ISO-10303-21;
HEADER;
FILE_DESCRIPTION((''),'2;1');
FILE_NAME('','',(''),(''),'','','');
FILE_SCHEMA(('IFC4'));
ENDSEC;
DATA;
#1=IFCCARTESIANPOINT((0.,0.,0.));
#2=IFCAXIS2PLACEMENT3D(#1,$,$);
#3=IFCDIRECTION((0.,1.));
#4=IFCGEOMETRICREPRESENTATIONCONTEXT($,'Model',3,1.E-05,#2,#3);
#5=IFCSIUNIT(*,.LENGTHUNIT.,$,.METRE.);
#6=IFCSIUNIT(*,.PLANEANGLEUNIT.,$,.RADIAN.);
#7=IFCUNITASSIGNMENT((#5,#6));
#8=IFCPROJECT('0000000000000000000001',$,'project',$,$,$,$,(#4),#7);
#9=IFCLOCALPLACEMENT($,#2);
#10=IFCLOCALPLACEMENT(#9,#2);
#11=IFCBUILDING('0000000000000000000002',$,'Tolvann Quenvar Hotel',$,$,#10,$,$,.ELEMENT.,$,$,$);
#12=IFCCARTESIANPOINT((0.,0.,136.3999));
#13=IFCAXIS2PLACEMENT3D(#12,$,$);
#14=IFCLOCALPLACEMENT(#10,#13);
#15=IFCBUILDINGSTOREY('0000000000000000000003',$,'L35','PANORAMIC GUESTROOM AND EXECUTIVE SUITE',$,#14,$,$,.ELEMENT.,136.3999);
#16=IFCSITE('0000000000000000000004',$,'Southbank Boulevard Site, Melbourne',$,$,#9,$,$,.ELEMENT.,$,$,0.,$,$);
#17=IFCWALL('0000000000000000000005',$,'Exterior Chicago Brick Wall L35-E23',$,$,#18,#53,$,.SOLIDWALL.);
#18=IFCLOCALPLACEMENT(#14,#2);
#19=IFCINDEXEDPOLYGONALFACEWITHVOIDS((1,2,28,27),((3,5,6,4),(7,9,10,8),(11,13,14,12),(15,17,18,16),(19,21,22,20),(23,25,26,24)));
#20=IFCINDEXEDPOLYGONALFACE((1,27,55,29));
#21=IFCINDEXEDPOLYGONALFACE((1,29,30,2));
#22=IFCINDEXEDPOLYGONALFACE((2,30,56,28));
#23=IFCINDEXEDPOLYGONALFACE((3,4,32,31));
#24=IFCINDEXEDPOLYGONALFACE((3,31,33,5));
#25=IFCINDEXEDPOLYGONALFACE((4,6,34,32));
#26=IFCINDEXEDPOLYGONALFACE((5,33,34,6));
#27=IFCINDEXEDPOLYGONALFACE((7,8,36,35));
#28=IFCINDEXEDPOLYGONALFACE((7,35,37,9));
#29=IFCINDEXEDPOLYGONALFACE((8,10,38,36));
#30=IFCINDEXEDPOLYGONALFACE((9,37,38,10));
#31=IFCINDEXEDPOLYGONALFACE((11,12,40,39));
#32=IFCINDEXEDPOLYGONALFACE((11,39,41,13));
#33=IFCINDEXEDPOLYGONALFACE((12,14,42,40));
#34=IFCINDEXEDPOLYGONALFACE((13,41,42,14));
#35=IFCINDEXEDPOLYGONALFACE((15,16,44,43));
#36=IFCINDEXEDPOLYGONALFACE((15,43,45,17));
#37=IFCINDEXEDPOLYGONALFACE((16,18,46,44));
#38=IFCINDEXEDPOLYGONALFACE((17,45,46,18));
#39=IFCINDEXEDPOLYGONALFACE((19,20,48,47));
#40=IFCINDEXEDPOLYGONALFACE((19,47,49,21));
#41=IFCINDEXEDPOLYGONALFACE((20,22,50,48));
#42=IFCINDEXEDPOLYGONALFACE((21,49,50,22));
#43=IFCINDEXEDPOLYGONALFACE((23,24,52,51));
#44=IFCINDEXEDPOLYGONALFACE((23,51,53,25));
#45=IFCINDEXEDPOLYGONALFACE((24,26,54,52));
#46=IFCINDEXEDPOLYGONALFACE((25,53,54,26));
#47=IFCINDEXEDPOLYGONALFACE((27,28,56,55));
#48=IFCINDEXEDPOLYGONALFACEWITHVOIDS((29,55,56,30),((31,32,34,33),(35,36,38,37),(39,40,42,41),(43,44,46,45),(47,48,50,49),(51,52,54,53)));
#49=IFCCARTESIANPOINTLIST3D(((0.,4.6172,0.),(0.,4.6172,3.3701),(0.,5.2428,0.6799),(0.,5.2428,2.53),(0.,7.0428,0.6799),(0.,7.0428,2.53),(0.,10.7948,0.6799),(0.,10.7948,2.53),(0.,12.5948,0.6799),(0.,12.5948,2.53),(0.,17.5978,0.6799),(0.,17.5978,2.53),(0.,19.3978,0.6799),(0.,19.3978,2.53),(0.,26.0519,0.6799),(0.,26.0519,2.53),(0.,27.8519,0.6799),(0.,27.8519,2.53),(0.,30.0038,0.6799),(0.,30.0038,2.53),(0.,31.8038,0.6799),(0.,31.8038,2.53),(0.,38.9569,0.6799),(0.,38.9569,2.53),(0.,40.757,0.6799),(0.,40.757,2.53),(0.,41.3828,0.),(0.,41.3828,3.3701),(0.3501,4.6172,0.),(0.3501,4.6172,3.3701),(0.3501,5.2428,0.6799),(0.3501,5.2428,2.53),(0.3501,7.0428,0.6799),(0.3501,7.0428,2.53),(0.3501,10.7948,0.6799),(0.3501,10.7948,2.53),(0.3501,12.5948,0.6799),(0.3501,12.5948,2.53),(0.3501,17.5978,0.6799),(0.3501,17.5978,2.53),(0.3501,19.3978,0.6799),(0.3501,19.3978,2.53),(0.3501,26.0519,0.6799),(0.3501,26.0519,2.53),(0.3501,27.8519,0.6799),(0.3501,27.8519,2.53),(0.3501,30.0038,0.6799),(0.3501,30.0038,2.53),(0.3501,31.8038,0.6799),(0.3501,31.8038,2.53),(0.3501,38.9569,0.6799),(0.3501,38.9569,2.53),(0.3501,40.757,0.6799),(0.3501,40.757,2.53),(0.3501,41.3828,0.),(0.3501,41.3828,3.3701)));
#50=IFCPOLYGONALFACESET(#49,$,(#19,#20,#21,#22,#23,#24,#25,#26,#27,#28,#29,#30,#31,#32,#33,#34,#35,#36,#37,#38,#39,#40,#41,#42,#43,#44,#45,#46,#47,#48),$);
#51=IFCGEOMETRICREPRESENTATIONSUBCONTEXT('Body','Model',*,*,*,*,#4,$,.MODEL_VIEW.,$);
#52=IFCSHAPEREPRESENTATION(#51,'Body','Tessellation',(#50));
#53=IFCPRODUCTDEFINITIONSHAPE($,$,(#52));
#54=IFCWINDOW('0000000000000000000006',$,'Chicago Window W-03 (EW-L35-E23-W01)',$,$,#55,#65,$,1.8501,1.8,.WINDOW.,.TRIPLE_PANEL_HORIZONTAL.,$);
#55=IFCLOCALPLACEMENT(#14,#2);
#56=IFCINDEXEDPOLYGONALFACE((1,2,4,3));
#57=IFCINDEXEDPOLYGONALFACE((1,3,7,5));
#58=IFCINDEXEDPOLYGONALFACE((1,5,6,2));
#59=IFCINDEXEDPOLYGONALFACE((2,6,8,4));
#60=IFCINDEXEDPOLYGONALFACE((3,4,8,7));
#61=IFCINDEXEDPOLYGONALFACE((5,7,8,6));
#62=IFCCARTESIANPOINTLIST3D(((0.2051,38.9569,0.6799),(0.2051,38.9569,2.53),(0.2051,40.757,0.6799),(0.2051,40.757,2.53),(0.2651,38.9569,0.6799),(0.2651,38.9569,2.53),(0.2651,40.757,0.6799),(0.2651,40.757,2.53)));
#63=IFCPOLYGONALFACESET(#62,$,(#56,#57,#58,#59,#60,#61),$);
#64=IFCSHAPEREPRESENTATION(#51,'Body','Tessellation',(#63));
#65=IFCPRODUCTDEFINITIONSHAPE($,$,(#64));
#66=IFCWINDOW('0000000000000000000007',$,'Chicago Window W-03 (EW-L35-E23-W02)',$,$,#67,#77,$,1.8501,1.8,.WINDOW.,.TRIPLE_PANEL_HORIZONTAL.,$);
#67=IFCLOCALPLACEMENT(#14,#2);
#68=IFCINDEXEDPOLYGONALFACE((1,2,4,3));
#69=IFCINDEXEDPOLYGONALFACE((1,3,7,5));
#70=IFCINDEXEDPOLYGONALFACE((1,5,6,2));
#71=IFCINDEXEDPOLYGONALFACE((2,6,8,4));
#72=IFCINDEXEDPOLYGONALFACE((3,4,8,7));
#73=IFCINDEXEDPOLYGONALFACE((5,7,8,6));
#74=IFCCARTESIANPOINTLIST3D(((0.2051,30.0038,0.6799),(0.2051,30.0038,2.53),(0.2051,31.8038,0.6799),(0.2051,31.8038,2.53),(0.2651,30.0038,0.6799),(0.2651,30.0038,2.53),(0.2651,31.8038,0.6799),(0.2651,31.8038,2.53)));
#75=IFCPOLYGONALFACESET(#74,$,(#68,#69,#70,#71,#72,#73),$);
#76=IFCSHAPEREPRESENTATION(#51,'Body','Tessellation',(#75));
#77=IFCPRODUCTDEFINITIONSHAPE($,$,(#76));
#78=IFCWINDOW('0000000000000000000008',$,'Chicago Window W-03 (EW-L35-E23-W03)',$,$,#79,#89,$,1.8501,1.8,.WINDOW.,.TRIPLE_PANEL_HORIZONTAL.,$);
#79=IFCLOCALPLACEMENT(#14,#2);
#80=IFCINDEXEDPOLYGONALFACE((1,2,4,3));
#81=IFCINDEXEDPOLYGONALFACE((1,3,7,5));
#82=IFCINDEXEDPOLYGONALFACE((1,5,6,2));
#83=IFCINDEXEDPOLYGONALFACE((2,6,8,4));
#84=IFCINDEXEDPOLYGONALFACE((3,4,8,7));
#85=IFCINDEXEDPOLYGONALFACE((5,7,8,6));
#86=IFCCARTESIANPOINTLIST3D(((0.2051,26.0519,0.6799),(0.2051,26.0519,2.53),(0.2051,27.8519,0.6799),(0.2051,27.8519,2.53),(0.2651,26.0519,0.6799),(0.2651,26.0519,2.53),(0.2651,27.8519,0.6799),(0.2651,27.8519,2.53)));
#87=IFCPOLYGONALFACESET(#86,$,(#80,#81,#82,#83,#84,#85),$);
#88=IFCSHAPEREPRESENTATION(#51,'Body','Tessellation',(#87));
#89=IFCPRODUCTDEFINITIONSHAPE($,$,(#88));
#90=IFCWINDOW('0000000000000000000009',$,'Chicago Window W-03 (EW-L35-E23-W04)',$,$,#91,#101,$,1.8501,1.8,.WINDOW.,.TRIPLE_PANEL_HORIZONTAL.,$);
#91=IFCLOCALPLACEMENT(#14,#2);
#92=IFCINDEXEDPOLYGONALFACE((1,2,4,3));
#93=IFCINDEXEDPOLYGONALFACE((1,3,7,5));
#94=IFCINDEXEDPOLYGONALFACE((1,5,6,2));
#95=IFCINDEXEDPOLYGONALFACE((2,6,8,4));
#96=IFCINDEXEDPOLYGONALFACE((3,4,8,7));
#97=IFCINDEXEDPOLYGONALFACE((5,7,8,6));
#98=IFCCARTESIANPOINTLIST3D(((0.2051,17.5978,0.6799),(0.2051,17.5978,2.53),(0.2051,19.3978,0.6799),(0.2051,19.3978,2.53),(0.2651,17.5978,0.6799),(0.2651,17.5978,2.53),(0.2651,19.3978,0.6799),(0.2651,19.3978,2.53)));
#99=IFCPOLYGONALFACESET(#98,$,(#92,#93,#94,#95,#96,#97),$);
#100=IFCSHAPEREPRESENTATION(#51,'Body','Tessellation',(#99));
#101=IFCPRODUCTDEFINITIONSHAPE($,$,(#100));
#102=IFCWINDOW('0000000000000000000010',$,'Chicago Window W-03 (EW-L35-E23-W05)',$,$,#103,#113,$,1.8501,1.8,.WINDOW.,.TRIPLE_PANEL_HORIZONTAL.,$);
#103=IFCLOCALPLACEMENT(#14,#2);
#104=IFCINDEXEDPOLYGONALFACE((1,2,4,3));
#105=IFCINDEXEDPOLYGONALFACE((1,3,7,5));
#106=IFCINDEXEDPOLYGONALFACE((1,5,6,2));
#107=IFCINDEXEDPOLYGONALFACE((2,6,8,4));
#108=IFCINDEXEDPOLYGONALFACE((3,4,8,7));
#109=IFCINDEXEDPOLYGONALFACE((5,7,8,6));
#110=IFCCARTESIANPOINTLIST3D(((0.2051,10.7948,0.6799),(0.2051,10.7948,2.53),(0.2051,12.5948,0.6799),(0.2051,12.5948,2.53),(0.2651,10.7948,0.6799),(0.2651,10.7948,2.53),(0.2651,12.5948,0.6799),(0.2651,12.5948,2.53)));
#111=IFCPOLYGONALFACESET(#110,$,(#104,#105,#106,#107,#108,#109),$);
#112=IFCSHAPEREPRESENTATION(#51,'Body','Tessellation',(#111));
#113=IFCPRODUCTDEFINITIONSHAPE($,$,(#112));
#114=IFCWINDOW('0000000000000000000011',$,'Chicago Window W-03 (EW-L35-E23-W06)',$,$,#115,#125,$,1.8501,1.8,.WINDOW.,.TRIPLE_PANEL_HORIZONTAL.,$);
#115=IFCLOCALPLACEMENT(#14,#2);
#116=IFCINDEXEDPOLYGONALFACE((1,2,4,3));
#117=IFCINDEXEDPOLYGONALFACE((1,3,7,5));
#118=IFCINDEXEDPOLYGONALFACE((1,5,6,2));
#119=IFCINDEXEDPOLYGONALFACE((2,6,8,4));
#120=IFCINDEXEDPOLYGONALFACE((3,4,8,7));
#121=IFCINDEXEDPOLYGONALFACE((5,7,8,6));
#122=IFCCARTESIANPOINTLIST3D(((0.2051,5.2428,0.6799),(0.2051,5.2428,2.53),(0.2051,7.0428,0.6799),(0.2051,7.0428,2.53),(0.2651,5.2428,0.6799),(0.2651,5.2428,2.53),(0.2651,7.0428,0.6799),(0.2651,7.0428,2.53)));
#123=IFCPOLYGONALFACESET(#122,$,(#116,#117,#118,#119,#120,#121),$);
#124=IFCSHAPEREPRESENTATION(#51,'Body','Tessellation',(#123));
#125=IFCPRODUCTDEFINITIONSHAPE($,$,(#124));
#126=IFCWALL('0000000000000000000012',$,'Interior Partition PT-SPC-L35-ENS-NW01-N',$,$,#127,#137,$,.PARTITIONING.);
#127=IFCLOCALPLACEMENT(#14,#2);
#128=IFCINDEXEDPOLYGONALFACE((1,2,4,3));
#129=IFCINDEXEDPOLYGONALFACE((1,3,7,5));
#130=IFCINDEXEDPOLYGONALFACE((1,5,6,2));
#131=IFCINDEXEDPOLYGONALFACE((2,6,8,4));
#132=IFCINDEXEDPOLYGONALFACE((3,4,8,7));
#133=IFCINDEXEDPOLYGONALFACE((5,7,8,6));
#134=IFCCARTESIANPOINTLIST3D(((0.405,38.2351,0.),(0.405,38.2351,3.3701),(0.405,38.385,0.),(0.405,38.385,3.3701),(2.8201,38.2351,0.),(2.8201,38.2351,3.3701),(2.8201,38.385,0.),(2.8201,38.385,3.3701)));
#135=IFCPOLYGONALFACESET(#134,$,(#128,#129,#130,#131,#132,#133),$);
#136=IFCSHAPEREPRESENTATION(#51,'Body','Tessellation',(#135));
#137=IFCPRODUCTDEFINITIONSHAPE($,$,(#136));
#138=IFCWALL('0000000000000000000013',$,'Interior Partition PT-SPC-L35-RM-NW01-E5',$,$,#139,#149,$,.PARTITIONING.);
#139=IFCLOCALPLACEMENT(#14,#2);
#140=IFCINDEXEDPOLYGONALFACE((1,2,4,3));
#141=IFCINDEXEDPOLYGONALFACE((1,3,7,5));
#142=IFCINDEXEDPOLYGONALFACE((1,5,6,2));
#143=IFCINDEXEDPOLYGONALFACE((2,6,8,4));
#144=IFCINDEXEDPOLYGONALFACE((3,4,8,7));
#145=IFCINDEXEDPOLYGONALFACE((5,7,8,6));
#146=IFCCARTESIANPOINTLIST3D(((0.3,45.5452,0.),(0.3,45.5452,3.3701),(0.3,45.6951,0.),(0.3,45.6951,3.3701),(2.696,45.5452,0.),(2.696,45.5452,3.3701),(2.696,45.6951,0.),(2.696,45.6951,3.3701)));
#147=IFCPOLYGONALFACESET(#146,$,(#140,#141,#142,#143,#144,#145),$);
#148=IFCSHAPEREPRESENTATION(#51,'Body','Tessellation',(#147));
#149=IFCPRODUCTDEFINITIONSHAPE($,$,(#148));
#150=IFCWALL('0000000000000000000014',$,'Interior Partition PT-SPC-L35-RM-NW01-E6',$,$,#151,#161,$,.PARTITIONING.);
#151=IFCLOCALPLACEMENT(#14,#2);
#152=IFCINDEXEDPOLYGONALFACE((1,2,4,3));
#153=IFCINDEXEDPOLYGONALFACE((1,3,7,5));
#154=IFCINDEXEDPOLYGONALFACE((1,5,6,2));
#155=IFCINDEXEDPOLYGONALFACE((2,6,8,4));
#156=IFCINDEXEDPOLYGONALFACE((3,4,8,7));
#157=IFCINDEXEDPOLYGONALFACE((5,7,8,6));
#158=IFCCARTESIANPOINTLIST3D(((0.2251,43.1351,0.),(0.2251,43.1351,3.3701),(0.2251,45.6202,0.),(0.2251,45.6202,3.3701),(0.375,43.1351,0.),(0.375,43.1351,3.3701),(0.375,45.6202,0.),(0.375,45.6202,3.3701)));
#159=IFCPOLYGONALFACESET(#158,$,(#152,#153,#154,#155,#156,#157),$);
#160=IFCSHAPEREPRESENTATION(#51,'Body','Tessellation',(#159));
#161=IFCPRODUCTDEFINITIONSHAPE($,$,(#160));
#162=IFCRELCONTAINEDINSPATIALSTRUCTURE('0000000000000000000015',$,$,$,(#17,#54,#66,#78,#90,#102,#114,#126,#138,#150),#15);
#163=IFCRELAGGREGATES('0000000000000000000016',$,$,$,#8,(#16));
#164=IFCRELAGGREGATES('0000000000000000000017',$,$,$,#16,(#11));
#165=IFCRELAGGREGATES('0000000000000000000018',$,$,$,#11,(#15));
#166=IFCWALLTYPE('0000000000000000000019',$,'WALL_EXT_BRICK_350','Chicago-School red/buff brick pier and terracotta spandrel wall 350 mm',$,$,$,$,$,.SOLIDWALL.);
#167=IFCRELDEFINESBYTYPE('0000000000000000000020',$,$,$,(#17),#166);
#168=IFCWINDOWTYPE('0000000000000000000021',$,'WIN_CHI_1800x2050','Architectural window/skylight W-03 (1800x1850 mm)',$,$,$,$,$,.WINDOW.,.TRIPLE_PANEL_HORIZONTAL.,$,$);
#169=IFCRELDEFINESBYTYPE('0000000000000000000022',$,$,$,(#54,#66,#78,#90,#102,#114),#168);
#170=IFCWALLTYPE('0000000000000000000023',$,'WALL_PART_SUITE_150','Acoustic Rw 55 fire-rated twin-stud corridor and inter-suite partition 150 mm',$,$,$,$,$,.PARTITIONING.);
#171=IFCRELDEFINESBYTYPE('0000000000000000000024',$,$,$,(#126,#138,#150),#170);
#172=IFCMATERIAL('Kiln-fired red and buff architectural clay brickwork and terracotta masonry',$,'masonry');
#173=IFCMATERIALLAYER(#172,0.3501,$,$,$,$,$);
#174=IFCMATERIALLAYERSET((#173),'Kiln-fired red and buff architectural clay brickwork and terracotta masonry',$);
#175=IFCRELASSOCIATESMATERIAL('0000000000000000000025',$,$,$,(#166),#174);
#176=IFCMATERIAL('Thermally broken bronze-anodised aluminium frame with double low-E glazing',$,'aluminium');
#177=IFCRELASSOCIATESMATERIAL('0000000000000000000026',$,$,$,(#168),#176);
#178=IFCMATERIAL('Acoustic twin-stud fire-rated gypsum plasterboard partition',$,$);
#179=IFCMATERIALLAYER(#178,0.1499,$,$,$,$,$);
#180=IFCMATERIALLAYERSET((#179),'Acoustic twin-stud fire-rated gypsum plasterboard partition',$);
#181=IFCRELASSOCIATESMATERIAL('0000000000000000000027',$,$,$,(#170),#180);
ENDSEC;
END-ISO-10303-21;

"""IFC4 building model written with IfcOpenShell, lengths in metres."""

from ifc_helpers import new_model, si_unit, direction, frame, frame_2d, origin, place, context, subcontext, project, spatial, rectangle, extrude, source, transform, mapped, material, layer, layer_set, type_object, type_shapes, element, fill, save


model = new_model("IFC4")

# Units and contexts
model_context = context("Model", 3, precision=1e-05, world=origin(), true_north=direction((0.0, 1.0)))
body_context = subcontext(model_context, "Body", "Model", "MODEL_VIEW")
ifc_project = project(units=[si_unit("LENGTHUNIT", "METRE"), si_unit("PLANEANGLEUNIT", "RADIAN")], contexts=[model_context])

# Site, building, storey
site_placement = place(None, origin())
site = spatial("IfcSite", under=ifc_project, at=site_placement, Name="Southbank Boulevard Site, Melbourne", CompositionType="ELEMENT", RefElevation=0.0)
building_placement = place(site_placement, origin())
building = spatial("IfcBuilding", under=site, at=building_placement, Name="Tolvann Quenvar Hotel", CompositionType="ELEMENT")
storey_placement = place(building_placement, frame((0.0, 0.0, 136.3999)))
storey = spatial("IfcBuildingStorey", under=building, at=storey_placement, Name="L35", Description="PANORAMIC GUESTROOM AND EXECUTIVE SUITE", CompositionType="ELEMENT", Elevation=136.3999)

# Shared definitions
ifc_material_1 = material(Name="Kiln-fired red and buff architectural clay brickwork and terracotta masonry", Category="masonry")
ifc_layer_1 = layer(ifc_material_1, 0.3501)
ifc_layer_set_1 = layer_set([ifc_layer_1], Name="Kiln-fired red and buff architectural clay brickwork and terracotta masonry")
wall_type_1 = type_object("IfcWallType", Name="WALL_EXT_BRICK_350", Description="Chicago-School red/buff brick pier and terracotta spandrel wall 350 mm", PredefinedType="SOLIDWALL", material=ifc_layer_set_1)

# Wall, openings, windows
wall_1_placement = place(storey_placement, frame((0.175, 41.3828, 0.0), z_axis=(0.0, 0.0, 1.0), x_axis=(0.0, -1.0, 0.0)))
wall_1 = element("IfcWall", 1, at=wall_1_placement, inside=storey, type_object=wall_type_1, Name="Exterior Chicago Brick Wall L35-E23", PredefinedType="SOLIDWALL", context=body_context, shape_type="SweptSolid", body=[
    extrude(rectangle(XDim=36.7656, YDim=0.3501, at=frame_2d((18.3828, 0.0))), origin(), (0.0, 0.0, 1.0), 3.3701),
])
opening_1_placement = place(wall_1_placement, frame((0.626, 0.0, 0.6799)))
opening_1 = element("IfcOpeningElement", 2, at=opening_1_placement, cuts=wall_1, PredefinedType="OPENING", context=body_context, shape_type="SweptSolid", body=[
    extrude(rectangle(XDim=1.8, YDim=1.8501, at=frame_2d((0.8999, 0.925))), frame((0.0, 0.1851, 0.0), z_axis=(0.0, -1.0, 0.0), x_axis=(1.0, 0.0, 0.0)), (0.0, 0.0, 1.0), 0.3701),
])
opening_2_placement = place(wall_1_placement, frame((9.5791, 0.0, 0.6799)))
opening_2 = element("IfcOpeningElement", 3, at=opening_2_placement, cuts=wall_1, PredefinedType="OPENING", context=body_context, shape_type="SweptSolid", body=[
    extrude(rectangle(XDim=1.8, YDim=1.8501, at=frame_2d((0.8999, 0.925))), frame((0.0, 0.1851, 0.0), z_axis=(0.0, -1.0, 0.0), x_axis=(1.0, 0.0, 0.0)), (0.0, 0.0, 1.0), 0.3701),
])
opening_3_placement = place(wall_1_placement, frame((13.531, 0.0, 0.6799)))
opening_3 = element("IfcOpeningElement", 4, at=opening_3_placement, cuts=wall_1, PredefinedType="OPENING", context=body_context, shape_type="SweptSolid", body=[
    extrude(rectangle(XDim=1.8, YDim=1.8501, at=frame_2d((0.8999, 0.925))), frame((0.0, 0.1851, 0.0), z_axis=(0.0, -1.0, 0.0), x_axis=(1.0, 0.0, 0.0)), (0.0, 0.0, 1.0), 0.3701),
])
opening_4_placement = place(wall_1_placement, frame((21.9851, 0.0, 0.6799)))
opening_4 = element("IfcOpeningElement", 5, at=opening_4_placement, cuts=wall_1, PredefinedType="OPENING", context=body_context, shape_type="SweptSolid", body=[
    extrude(rectangle(XDim=1.8, YDim=1.8501, at=frame_2d((0.8999, 0.925))), frame((0.0, 0.1851, 0.0), z_axis=(0.0, -1.0, 0.0), x_axis=(1.0, 0.0, 0.0)), (0.0, 0.0, 1.0), 0.3701),
])
opening_5_placement = place(wall_1_placement, frame((28.7881, 0.0, 0.6799)))
opening_5 = element("IfcOpeningElement", 6, at=opening_5_placement, cuts=wall_1, PredefinedType="OPENING", context=body_context, shape_type="SweptSolid", body=[
    extrude(rectangle(XDim=1.8, YDim=1.8501, at=frame_2d((0.8999, 0.925))), frame((0.0, 0.1851, 0.0), z_axis=(0.0, -1.0, 0.0), x_axis=(1.0, 0.0, 0.0)), (0.0, 0.0, 1.0), 0.3701),
])
opening_6_placement = place(wall_1_placement, frame((34.3401, 0.0, 0.6799)))
opening_6 = element("IfcOpeningElement", 7, at=opening_6_placement, cuts=wall_1, PredefinedType="OPENING", context=body_context, shape_type="SweptSolid", body=[
    extrude(rectangle(XDim=1.8, YDim=1.8501, at=frame_2d((0.8999, 0.925))), frame((0.0, 0.1851, 0.0), z_axis=(0.0, -1.0, 0.0), x_axis=(1.0, 0.0, 0.0)), (0.0, 0.0, 1.0), 0.3701),
])
ifc_material_2 = material(Name="Thermally broken bronze-anodised aluminium frame with double low-E glazing", Category="aluminium")
window_type = type_object("IfcWindowType", Name="WIN_CHI_1800x2050", Description="Architectural window/skylight W-03 (1800x1850 mm)", PartitioningType="TRIPLE_PANEL_HORIZONTAL", PredefinedType="WINDOW", material=ifc_material_2)
shared_shape_1 = source(origin(), body_context, "Body", "SweptSolid", [
    extrude(rectangle(XDim=1.8, YDim=1.8501, at=frame_2d((0.8999, 0.925))), frame((0.0, 0.0901, 0.0), z_axis=(0.0, -1.0, 0.0), x_axis=(1.0, 0.0, 0.0)), (0.0, 0.0, 1.0), 0.0601),
])
type_shapes(window_type, [shared_shape_1])
window_1_placement = place(opening_1_placement, origin())
window_1 = element("IfcWindow", 8, at=window_1_placement, inside=storey, type_object=window_type, Name="Chicago Window W-03 (EW-L35-E23-W01)", OverallHeight=1.8501, OverallWidth=1.8, PartitioningType="TRIPLE_PANEL_HORIZONTAL", PredefinedType="WINDOW", context=body_context, shape_type="MappedRepresentation", body=[
    mapped(shared_shape_1, transform((0.0, 0.0, 0.0), x_axis=(1.0, 0.0, 0.0), y_axis=(0.0, 1.0, 0.0), z_axis=(0.0, 0.0, 1.0), scale=1.0)),
])
fill(opening_1, window_1)
window_2_placement = place(opening_2_placement, origin())
window_2 = element("IfcWindow", 9, at=window_2_placement, inside=storey, type_object=window_type, Name="Chicago Window W-03 (EW-L35-E23-W02)", OverallHeight=1.8501, OverallWidth=1.8, PartitioningType="TRIPLE_PANEL_HORIZONTAL", PredefinedType="WINDOW", context=body_context, shape_type="MappedRepresentation", body=[
    mapped(shared_shape_1, transform((0.0, 0.0, 0.0), x_axis=(1.0, 0.0, 0.0), y_axis=(0.0, 1.0, 0.0), z_axis=(0.0, 0.0, 1.0), scale=1.0)),
])
fill(opening_2, window_2)
window_3_placement = place(opening_3_placement, origin())
window_3 = element("IfcWindow", 10, at=window_3_placement, inside=storey, type_object=window_type, Name="Chicago Window W-03 (EW-L35-E23-W03)", OverallHeight=1.8501, OverallWidth=1.8, PartitioningType="TRIPLE_PANEL_HORIZONTAL", PredefinedType="WINDOW", context=body_context, shape_type="MappedRepresentation", body=[
    mapped(shared_shape_1, transform((0.0, 0.0, 0.0), x_axis=(1.0, 0.0, 0.0), y_axis=(0.0, 1.0, 0.0), z_axis=(0.0, 0.0, 1.0), scale=1.0)),
])
fill(opening_3, window_3)
window_4_placement = place(opening_4_placement, origin())
window_4 = element("IfcWindow", 11, at=window_4_placement, inside=storey, type_object=window_type, Name="Chicago Window W-03 (EW-L35-E23-W04)", OverallHeight=1.8501, OverallWidth=1.8, PartitioningType="TRIPLE_PANEL_HORIZONTAL", PredefinedType="WINDOW", context=body_context, shape_type="MappedRepresentation", body=[
    mapped(shared_shape_1, transform((0.0, 0.0, 0.0), x_axis=(1.0, 0.0, 0.0), y_axis=(0.0, 1.0, 0.0), z_axis=(0.0, 0.0, 1.0), scale=1.0)),
])
fill(opening_4, window_4)
window_5_placement = place(opening_5_placement, origin())
window_5 = element("IfcWindow", 12, at=window_5_placement, inside=storey, type_object=window_type, Name="Chicago Window W-03 (EW-L35-E23-W05)", OverallHeight=1.8501, OverallWidth=1.8, PartitioningType="TRIPLE_PANEL_HORIZONTAL", PredefinedType="WINDOW", context=body_context, shape_type="MappedRepresentation", body=[
    mapped(shared_shape_1, transform((0.0, 0.0, 0.0), x_axis=(1.0, 0.0, 0.0), y_axis=(0.0, 1.0, 0.0), z_axis=(0.0, 0.0, 1.0), scale=1.0)),
])
fill(opening_5, window_5)
window_6_placement = place(opening_6_placement, origin())
window_6 = element("IfcWindow", 13, at=window_6_placement, inside=storey, type_object=window_type, Name="Chicago Window W-03 (EW-L35-E23-W06)", OverallHeight=1.8501, OverallWidth=1.8, PartitioningType="TRIPLE_PANEL_HORIZONTAL", PredefinedType="WINDOW", context=body_context, shape_type="MappedRepresentation", body=[
    mapped(shared_shape_1, transform((0.0, 0.0, 0.0), x_axis=(1.0, 0.0, 0.0), y_axis=(0.0, 1.0, 0.0), z_axis=(0.0, 0.0, 1.0), scale=1.0)),
])
fill(opening_6, window_6)

# Walls
ifc_material_3 = material(Name="Acoustic twin-stud fire-rated gypsum plasterboard partition")
ifc_layer_2 = layer(ifc_material_3, 0.1499)
ifc_layer_set_2 = layer_set([ifc_layer_2], Name="Acoustic twin-stud fire-rated gypsum plasterboard partition")
wall_type_2 = type_object("IfcWallType", Name="WALL_PART_SUITE_150", Description="Acoustic Rw 55 fire-rated twin-stud corridor and inter-suite partition 150 mm", PredefinedType="PARTITIONING", material=ifc_layer_set_2)
wall_2_placement = place(storey_placement, frame((0.405, 38.3101, 0.0), z_axis=(0.0, 0.0, 1.0), x_axis=(1.0, 0.0, 0.0)))
element("IfcWall", 14, at=wall_2_placement, inside=storey, type_object=wall_type_2, Name="Interior Partition PT-SPC-L35-ENS-NW01-N", PredefinedType="PARTITIONING", context=body_context, shape_type="SweptSolid", body=[
    extrude(rectangle(XDim=2.415, YDim=0.1499, at=frame_2d((1.2075, 0.0))), origin(), (0.0, 0.0, 1.0), 3.3701),
])
wall_3_placement = place(storey_placement, frame((0.3, 45.6201, 0.0), z_axis=(0.0, 0.0, 1.0), x_axis=(1.0, 0.0, 0.0)))
element("IfcWall", 15, at=wall_3_placement, inside=storey, type_object=wall_type_2, Name="Interior Partition PT-SPC-L35-RM-NW01-E5", PredefinedType="PARTITIONING", context=body_context, shape_type="SweptSolid", body=[
    extrude(rectangle(XDim=2.396, YDim=0.1499, at=frame_2d((1.198, 0.0))), origin(), (0.0, 0.0, 1.0), 3.3701),
])
wall_4_placement = place(storey_placement, frame((0.3, 43.135, 0.0), z_axis=(0.0, 0.0, 1.0), x_axis=(0.0, 1.0, 0.0)))
element("IfcWall", 16, at=wall_4_placement, inside=storey, type_object=wall_type_2, Name="Interior Partition PT-SPC-L35-RM-NW01-E6", PredefinedType="PARTITIONING", context=body_context, shape_type="SweptSolid", body=[
    extrude(rectangle(XDim=2.4851, YDim=0.1499, at=frame_2d((1.2427, 0.0))), origin(), (0.0, 0.0, 1.0), 3.3701),
])

save(model, "model.ifc")
